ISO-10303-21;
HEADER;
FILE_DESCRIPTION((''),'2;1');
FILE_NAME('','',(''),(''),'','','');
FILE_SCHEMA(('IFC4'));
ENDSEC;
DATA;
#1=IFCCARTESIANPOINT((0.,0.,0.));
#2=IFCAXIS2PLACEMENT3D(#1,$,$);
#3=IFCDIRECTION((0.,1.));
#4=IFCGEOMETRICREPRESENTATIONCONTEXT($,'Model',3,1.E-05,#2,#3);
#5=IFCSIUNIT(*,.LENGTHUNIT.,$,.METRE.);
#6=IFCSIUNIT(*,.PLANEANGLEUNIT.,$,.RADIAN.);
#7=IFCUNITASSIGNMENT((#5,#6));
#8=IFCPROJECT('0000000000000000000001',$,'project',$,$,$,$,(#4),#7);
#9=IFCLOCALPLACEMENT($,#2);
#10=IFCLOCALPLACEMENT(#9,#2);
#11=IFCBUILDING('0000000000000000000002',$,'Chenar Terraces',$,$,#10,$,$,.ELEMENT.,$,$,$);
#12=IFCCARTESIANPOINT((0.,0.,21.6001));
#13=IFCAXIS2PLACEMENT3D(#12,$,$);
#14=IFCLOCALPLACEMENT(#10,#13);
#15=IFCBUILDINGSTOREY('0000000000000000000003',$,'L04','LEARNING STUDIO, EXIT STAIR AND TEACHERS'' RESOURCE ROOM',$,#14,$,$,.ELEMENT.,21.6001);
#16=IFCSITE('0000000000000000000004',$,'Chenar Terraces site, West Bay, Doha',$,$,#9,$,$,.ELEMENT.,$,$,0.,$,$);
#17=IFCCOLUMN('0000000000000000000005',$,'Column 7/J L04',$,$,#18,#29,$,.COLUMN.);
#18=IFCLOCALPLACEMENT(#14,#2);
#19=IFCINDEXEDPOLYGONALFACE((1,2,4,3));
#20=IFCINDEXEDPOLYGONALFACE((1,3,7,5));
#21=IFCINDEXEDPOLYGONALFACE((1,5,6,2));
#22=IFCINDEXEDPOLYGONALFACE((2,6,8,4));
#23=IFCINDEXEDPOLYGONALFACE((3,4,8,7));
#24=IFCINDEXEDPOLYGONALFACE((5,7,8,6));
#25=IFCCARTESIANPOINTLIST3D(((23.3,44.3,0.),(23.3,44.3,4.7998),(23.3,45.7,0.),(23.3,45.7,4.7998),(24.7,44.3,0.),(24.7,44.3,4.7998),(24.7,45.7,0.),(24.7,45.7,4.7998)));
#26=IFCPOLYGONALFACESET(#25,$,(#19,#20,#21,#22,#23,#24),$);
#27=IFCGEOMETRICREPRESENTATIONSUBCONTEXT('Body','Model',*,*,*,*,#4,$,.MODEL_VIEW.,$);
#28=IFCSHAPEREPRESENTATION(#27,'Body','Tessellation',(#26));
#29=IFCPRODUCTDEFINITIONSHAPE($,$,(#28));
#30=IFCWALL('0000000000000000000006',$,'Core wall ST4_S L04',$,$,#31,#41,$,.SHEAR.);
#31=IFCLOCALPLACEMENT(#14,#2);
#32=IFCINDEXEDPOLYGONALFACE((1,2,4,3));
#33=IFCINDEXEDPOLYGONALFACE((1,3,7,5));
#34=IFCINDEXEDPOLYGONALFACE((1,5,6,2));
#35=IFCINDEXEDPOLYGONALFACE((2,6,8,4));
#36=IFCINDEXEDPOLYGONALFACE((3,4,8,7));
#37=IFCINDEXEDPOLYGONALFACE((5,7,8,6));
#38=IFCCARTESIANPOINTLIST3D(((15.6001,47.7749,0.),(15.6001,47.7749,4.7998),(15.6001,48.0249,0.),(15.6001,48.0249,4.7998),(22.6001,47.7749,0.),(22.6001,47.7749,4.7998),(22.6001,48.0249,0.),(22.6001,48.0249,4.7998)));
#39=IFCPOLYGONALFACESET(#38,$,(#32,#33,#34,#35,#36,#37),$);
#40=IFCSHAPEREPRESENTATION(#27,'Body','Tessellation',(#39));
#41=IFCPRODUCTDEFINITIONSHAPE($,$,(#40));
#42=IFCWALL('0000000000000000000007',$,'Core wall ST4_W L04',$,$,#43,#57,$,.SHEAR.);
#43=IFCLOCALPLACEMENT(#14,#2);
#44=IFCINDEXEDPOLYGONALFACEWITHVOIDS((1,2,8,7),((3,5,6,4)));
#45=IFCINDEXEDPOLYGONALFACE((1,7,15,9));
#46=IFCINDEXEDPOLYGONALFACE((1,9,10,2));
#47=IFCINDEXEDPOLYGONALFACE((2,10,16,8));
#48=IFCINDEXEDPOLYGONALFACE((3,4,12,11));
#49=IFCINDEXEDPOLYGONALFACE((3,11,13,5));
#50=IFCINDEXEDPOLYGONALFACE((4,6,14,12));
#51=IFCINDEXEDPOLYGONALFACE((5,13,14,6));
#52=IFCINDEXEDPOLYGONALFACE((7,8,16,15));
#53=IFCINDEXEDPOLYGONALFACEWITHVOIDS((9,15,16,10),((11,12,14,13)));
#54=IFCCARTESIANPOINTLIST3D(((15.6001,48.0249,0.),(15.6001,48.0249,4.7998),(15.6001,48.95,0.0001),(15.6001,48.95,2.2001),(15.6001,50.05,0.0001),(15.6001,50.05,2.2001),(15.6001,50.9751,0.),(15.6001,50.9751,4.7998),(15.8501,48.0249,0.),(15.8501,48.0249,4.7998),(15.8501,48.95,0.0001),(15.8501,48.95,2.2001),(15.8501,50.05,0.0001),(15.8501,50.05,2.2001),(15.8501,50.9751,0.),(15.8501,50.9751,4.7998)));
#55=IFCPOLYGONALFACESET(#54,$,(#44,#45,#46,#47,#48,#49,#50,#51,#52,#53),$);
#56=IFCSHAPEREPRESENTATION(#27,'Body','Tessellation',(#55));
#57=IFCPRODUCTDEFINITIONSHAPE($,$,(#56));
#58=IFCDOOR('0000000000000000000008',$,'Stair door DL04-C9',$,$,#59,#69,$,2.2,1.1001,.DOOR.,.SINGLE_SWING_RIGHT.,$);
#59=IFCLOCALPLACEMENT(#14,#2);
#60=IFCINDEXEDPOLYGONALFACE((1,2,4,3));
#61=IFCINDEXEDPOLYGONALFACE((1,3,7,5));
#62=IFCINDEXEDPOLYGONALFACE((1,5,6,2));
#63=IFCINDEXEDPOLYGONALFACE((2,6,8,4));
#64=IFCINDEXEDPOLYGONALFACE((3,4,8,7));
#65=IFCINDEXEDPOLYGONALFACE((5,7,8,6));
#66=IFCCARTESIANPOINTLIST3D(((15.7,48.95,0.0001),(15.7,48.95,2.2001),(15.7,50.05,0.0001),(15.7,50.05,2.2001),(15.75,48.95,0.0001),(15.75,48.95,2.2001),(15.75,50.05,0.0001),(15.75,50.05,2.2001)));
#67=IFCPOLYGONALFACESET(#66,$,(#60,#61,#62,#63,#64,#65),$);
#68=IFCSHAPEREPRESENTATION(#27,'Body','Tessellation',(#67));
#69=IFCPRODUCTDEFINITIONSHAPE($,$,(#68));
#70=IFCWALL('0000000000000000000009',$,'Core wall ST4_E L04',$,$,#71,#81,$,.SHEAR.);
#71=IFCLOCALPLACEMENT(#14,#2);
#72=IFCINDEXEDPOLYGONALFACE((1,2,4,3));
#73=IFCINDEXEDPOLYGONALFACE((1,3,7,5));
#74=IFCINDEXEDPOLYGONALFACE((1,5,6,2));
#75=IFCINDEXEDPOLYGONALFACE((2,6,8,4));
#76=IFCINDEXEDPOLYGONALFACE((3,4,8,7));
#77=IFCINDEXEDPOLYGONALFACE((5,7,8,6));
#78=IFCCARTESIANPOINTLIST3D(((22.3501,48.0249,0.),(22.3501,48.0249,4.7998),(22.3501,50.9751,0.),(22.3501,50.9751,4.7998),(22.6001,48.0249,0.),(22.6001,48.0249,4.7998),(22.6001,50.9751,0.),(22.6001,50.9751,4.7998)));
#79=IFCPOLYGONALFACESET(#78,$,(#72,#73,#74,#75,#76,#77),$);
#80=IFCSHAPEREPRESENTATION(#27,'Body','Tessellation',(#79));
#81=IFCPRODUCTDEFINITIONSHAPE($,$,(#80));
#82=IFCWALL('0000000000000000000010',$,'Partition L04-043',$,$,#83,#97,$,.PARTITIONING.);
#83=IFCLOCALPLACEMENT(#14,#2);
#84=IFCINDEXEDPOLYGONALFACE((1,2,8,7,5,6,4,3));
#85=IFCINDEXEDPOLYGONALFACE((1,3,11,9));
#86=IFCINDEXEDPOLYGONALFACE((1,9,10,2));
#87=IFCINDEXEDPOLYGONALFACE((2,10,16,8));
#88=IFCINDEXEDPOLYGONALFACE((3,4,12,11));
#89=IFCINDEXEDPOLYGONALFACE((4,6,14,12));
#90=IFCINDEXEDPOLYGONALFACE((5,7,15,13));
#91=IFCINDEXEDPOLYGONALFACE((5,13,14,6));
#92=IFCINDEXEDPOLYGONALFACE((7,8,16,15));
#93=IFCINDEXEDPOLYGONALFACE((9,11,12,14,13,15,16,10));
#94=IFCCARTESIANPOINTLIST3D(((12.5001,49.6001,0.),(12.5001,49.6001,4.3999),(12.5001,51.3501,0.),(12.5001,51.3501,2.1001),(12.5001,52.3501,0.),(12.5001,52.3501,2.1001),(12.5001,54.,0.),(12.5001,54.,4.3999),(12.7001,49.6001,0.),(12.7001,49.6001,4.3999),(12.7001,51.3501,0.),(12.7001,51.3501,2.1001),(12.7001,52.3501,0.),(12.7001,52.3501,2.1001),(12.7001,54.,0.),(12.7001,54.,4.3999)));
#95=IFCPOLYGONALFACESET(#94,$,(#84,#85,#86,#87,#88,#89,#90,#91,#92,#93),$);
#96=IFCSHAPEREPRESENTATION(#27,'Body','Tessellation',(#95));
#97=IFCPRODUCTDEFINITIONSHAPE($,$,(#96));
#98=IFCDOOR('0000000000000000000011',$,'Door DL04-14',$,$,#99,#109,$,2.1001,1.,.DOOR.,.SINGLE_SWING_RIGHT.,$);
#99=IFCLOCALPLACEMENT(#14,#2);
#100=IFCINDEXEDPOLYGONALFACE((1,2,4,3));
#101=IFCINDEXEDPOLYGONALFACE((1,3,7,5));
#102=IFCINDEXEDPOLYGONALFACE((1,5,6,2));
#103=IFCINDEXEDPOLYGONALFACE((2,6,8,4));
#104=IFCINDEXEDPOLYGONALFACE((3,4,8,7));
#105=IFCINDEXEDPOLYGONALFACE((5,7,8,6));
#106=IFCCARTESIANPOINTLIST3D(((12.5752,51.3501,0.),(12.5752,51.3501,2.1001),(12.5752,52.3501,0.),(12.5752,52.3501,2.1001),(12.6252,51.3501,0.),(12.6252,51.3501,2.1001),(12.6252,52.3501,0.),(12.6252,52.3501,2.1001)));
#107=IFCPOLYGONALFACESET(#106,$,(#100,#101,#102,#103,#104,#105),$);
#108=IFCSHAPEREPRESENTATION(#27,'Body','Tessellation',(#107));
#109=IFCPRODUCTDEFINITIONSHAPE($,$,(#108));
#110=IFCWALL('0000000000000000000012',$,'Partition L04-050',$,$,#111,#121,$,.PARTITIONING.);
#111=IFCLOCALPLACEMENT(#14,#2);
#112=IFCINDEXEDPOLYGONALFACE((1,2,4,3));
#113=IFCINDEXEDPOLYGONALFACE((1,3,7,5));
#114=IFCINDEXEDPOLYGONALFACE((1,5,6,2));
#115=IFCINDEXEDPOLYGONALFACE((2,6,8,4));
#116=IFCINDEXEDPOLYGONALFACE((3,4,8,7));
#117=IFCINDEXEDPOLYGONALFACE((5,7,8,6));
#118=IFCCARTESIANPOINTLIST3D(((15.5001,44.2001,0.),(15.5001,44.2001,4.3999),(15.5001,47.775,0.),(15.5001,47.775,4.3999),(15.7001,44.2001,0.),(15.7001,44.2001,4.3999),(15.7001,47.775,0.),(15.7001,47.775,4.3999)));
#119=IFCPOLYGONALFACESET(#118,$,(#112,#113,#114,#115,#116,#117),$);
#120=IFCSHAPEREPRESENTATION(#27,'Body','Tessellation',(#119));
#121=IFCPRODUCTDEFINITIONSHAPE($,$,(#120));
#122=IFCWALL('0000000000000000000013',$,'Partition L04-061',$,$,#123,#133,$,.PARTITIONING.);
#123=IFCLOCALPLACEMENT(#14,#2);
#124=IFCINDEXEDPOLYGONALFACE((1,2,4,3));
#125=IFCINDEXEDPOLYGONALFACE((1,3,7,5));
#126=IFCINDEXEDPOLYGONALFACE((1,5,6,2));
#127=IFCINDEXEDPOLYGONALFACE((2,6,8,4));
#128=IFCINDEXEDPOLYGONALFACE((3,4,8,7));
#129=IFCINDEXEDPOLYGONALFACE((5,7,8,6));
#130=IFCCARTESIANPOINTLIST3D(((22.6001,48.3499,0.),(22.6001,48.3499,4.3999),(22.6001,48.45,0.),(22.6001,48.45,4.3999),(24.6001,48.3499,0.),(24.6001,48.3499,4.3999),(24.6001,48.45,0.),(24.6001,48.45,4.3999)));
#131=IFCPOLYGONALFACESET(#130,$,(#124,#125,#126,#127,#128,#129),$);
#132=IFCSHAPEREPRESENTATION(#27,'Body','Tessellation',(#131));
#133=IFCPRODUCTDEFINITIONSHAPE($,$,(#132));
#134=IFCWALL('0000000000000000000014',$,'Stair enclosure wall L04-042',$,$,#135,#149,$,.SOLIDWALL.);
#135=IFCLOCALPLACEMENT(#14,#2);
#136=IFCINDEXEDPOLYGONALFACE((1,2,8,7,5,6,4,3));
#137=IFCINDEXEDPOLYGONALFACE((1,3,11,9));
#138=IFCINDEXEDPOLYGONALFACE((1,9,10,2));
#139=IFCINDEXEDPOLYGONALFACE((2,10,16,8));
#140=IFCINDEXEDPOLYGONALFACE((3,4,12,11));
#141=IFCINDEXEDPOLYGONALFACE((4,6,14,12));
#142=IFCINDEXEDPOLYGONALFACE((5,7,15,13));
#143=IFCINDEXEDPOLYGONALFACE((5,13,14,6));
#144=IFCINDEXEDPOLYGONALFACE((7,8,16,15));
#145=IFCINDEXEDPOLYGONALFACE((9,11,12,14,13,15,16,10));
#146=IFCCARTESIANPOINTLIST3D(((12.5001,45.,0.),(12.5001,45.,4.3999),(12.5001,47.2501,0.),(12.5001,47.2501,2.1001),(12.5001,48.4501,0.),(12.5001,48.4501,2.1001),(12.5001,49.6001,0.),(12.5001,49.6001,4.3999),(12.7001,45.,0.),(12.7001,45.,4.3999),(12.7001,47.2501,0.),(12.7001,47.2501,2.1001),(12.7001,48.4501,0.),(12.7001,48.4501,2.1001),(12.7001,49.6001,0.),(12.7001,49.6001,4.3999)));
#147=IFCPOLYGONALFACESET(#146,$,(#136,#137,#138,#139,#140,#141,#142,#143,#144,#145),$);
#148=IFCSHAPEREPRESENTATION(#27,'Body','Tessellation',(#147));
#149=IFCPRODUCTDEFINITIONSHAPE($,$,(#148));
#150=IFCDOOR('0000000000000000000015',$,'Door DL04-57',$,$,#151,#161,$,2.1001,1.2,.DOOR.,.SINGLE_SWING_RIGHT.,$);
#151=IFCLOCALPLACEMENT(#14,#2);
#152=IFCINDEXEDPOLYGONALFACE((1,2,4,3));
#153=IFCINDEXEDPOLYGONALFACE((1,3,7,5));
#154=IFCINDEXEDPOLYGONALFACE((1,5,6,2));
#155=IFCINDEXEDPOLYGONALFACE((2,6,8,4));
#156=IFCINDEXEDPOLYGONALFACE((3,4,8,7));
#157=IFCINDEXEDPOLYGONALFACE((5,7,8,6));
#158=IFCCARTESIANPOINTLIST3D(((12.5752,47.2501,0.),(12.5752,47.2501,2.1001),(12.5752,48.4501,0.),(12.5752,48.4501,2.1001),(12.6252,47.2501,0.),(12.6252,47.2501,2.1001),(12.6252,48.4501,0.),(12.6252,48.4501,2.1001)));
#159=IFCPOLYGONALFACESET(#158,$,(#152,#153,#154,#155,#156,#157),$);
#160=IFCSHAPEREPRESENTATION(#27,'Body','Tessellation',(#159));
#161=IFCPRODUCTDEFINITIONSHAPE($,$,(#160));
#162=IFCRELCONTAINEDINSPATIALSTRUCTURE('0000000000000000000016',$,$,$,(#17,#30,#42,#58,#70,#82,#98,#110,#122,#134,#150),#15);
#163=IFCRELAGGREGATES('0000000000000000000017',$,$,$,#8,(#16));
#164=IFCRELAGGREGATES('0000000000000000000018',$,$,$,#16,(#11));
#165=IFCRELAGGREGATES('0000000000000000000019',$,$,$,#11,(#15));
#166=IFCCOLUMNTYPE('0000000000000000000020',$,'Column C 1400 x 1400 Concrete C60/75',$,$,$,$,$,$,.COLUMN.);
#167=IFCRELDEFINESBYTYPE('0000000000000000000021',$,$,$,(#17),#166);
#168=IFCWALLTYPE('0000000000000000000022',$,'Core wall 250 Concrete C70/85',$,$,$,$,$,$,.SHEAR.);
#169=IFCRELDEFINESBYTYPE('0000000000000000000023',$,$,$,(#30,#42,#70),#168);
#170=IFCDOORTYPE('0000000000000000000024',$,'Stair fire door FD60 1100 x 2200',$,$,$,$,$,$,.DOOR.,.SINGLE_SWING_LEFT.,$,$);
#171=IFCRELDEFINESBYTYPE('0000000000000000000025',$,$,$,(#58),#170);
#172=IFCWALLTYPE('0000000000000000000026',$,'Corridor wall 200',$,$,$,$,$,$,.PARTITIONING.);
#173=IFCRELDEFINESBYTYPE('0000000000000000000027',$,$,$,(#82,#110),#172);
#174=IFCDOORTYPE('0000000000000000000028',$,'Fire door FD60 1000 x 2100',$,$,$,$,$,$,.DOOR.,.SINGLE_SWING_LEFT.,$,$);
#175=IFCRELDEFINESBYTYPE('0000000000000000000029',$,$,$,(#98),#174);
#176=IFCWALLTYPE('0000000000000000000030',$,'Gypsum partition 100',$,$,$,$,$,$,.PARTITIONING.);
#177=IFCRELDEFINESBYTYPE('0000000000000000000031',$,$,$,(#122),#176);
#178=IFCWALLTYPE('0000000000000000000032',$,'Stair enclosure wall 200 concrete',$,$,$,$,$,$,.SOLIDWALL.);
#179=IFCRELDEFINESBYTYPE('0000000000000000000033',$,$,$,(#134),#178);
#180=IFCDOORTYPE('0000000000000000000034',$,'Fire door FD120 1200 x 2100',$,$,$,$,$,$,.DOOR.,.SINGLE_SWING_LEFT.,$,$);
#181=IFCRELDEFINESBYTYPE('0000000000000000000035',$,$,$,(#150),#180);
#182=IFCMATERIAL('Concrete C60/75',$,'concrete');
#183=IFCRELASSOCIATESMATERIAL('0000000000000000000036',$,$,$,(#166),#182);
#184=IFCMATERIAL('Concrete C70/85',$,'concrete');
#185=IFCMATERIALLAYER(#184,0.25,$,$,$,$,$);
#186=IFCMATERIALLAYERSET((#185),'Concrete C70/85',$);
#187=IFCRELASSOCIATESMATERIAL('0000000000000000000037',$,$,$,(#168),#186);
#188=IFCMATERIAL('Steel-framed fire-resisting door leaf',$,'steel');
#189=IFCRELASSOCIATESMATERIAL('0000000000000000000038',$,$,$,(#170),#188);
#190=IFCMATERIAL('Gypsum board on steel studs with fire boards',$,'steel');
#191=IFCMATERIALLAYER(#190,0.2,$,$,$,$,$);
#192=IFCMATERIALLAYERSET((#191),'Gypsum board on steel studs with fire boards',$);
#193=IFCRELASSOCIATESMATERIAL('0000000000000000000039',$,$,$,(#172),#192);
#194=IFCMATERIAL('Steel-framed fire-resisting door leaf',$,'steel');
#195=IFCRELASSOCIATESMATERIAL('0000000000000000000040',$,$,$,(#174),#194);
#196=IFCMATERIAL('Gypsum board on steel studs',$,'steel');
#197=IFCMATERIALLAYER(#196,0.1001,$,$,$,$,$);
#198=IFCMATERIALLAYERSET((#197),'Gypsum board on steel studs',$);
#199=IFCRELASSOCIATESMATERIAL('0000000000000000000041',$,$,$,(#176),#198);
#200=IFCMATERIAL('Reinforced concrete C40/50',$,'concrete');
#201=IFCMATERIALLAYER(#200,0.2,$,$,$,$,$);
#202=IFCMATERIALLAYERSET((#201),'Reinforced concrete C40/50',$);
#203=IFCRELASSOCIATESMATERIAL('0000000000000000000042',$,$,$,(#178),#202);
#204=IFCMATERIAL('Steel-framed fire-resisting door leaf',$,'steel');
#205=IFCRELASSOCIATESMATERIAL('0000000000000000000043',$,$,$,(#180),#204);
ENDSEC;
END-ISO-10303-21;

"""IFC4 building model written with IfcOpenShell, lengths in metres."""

from ifc_helpers import new_model, si_unit, direction, frame, frame_2d, origin, origin_2d, place, context, subcontext, project, spatial, rectangle, extrude, material, layer, layer_set, material_profile, profile_set, type_object, element, fill, save


model = new_model("IFC4")

# Units and contexts
model_context = context("Model", 3, precision=1e-05, world=origin(), true_north=direction((0.0, 1.0)))
body_context = subcontext(model_context, "Body", "Model", "MODEL_VIEW")
ifc_project = project(units=[si_unit("LENGTHUNIT", "METRE"), si_unit("PLANEANGLEUNIT", "RADIAN")], contexts=[model_context])

# Site, building, storey
site_placement = place(None, origin())
site = spatial("IfcSite", under=ifc_project, at=site_placement, Name="Chenar Terraces site, West Bay, Doha", CompositionType="ELEMENT", RefElevation=0.0)
building_placement = place(site_placement, origin())
building = spatial("IfcBuilding", under=site, at=building_placement, Name="Chenar Terraces", CompositionType="ELEMENT")
storey_placement = place(building_placement, frame((0.0, 0.0, 21.6001)))
storey = spatial("IfcBuildingStorey", under=building, at=storey_placement, Name="L04", Description="LEARNING STUDIO, EXIT STAIR AND TEACHERS' RESOURCE ROOM", CompositionType="ELEMENT", Elevation=21.6001)

# Column
ifc_material_1 = material(Name="Concrete C60/75", Category="concrete")
ifc_material_profile = material_profile(ifc_material_1, rectangle(XDim=1.3999, YDim=1.3999, at=origin_2d()), Name="C 1400 x 1400")
ifc_profile_set = profile_set([ifc_material_profile], Name="Concrete C60/75")
column_type = type_object("IfcColumnType", Name="Column C 1400 x 1400 Concrete C60/75", PredefinedType="COLUMN", material=ifc_profile_set)
column_placement = place(storey_placement, frame((24.0, 45.0, 0.0), z_axis=(0.0, 0.0, 1.0), x_axis=(1.0, 0.0, 0.0)))
element("IfcColumn", 1, at=column_placement, inside=storey, type_object=column_type, Name="Column 7/J L04", PredefinedType="COLUMN", context=body_context, shape_type="SweptSolid", body=[
    extrude(rectangle(XDim=1.3999, YDim=1.3999, at=origin_2d()), origin(), (0.0, 0.0, 1.0), 4.7998),
])

# Wall
ifc_material_2 = material(Name="Concrete C70/85", Category="concrete")
ifc_layer_1 = layer(ifc_material_2, 0.25)
ifc_layer_set_1 = layer_set([ifc_layer_1], Name="Concrete C70/85")
wall_type_1 = type_object("IfcWallType", Name="Core wall 250 Concrete C70/85", PredefinedType="SHEAR", material=ifc_layer_set_1)
wall_1_placement = place(storey_placement, frame((15.6001, 47.8999, 0.0), z_axis=(0.0, 0.0, 1.0), x_axis=(1.0, 0.0, 0.0)))
element("IfcWall", 2, at=wall_1_placement, inside=storey, type_object=wall_type_1, Name="Core wall ST4_S L04", PredefinedType="SHEAR", context=body_context, shape_type="SweptSolid", body=[
    extrude(rectangle(XDim=7.0, YDim=0.25, at=frame_2d((3.5, 0.0))), origin(), (0.0, 0.0, 1.0), 4.7998),
])

# Wall, opening, door
wall_2_placement = place(storey_placement, frame((15.7251, 48.0249, 0.0), z_axis=(0.0, 0.0, 1.0), x_axis=(0.0, 1.0, 0.0)))
wall_2 = element("IfcWall", 3, at=wall_2_placement, inside=storey, type_object=wall_type_1, Name="Core wall ST4_W L04", PredefinedType="SHEAR", context=body_context, shape_type="SweptSolid", body=[
    extrude(rectangle(XDim=2.9502, YDim=0.25, at=frame_2d((1.4751, 0.0))), origin(), (0.0, 0.0, 1.0), 4.7998),
])
opening_1_placement = place(wall_2_placement, frame((0.925, 0.0, 0.0)))
opening_1 = element("IfcOpeningElement", 4, at=opening_1_placement, cuts=wall_2, PredefinedType="OPENING", context=body_context, shape_type="SweptSolid", body=[
    extrude(rectangle(XDim=1.1001, YDim=2.2, at=frame_2d((0.55, 1.1001))), frame((0.0, 0.135, 0.0), z_axis=(0.0, -1.0, 0.0), x_axis=(1.0, 0.0, 0.0)), (0.0, 0.0, 1.0), 0.27),
])
ifc_material_3 = material(Name="Steel-framed fire-resisting door leaf", Category="steel")
door_type_1 = type_object("IfcDoorType", Name="Stair fire door FD60 1100 x 2200", OperationType="SINGLE_SWING_LEFT", PredefinedType="DOOR", material=ifc_material_3)
door_1_placement = place(opening_1_placement, frame((1.1001, 0.0, 0.0), z_axis=(0.0, 0.0, 1.0), x_axis=(-1.0, 0.0, 0.0)))
door_1 = element("IfcDoor", 5, at=door_1_placement, inside=storey, type_object=door_type_1, Name="Stair door DL04-C9", OperationType="SINGLE_SWING_RIGHT", OverallHeight=2.2, OverallWidth=1.1001, PredefinedType="DOOR", context=body_context, shape_type="SweptSolid", body=[
    extrude(rectangle(XDim=1.1001, YDim=2.2, at=frame_2d((0.55, 1.1001))), frame((0.0, 0.0249, 0.0), z_axis=(0.0, -1.0, 0.0), x_axis=(1.0, 0.0, 0.0)), (0.0, 0.0, 1.0), 0.05),
])
fill(opening_1, door_1)

# Wall
wall_3_placement = place(storey_placement, frame((22.4751, 48.0249, 0.0), z_axis=(0.0, 0.0, 1.0), x_axis=(0.0, 1.0, 0.0)))
element("IfcWall", 6, at=wall_3_placement, inside=storey, type_object=wall_type_1, Name="Core wall ST4_E L04", PredefinedType="SHEAR", context=body_context, shape_type="SweptSolid", body=[
    extrude(rectangle(XDim=2.9502, YDim=0.25, at=frame_2d((1.4751, 0.0))), origin(), (0.0, 0.0, 1.0), 4.7998),
])

# Wall, opening, door
ifc_material_4 = material(Name="Gypsum board on steel studs with fire boards", Category="steel")
ifc_layer_2 = layer(ifc_material_4, 0.2)
ifc_layer_set_2 = layer_set([ifc_layer_2], Name="Gypsum board on steel studs with fire boards")
wall_type_2 = type_object("IfcWallType", Name="Corridor wall 200", PredefinedType="PARTITIONING", material=ifc_layer_set_2)
wall_4_placement = place(storey_placement, frame((12.6001, 49.6001, 0.0), z_axis=(0.0, 0.0, 1.0), x_axis=(0.0, 1.0, 0.0)))
wall_4 = element("IfcWall", 7, at=wall_4_placement, inside=storey, type_object=wall_type_2, Name="Partition L04-043", PredefinedType="PARTITIONING", context=body_context, shape_type="SweptSolid", body=[
    extrude(rectangle(XDim=4.3999, YDim=0.2, at=frame_2d((2.2, 0.0))), origin(), (0.0, 0.0, 1.0), 4.3999),
])
opening_2_placement = place(wall_4_placement, frame((1.75, 0.0, 0.0)))
opening_2 = element("IfcOpeningElement", 8, at=opening_2_placement, cuts=wall_4, PredefinedType="OPENING", context=body_context, shape_type="SweptSolid", body=[
    extrude(rectangle(XDim=1.0, YDim=2.1001, at=frame_2d((0.5, 1.05))), frame((0.0, 0.1099, 0.0), z_axis=(0.0, -1.0, 0.0), x_axis=(1.0, 0.0, 0.0)), (0.0, 0.0, 1.0), 0.22),
])
ifc_material_5 = material(Name="Steel-framed fire-resisting door leaf", Category="steel")
door_type_2 = type_object("IfcDoorType", Name="Fire door FD60 1000 x 2100", OperationType="SINGLE_SWING_LEFT", PredefinedType="DOOR", material=ifc_material_5)
door_2_placement = place(opening_2_placement, origin())
door_2 = element("IfcDoor", 9, at=door_2_placement, inside=storey, type_object=door_type_2, Name="Door DL04-14", OperationType="SINGLE_SWING_RIGHT", OverallHeight=2.1001, OverallWidth=1.0, PredefinedType="DOOR", context=body_context, shape_type="SweptSolid", body=[
    extrude(rectangle(XDim=1.0, YDim=2.1001, at=frame_2d((0.5, 1.05))), frame((0.0, 0.0249, 0.0), z_axis=(0.0, -1.0, 0.0), x_axis=(1.0, 0.0, 0.0)), (0.0, 0.0, 1.0), 0.05),
])
fill(opening_2, door_2)

# Walls
wall_5_placement = place(storey_placement, frame((15.6001, 44.2, 0.0), z_axis=(0.0, 0.0, 1.0), x_axis=(0.0, 1.0, 0.0)))
element("IfcWall", 10, at=wall_5_placement, inside=storey, type_object=wall_type_2, Name="Partition L04-050", PredefinedType="PARTITIONING", context=body_context, shape_type="SweptSolid", body=[
    extrude(rectangle(XDim=3.575, YDim=0.2, at=frame_2d((1.7876, 0.0))), origin(), (0.0, 0.0, 1.0), 4.3999),
])
ifc_material_6 = material(Name="Gypsum board on steel studs", Category="steel")
ifc_layer_3 = layer(ifc_material_6, 0.1001)
ifc_layer_set_3 = layer_set([ifc_layer_3], Name="Gypsum board on steel studs")
wall_type_3 = type_object("IfcWallType", Name="Gypsum partition 100", PredefinedType="PARTITIONING", material=ifc_layer_set_3)
wall_6_placement = place(storey_placement, frame((22.6001, 48.3999, 0.0), z_axis=(0.0, 0.0, 1.0), x_axis=(1.0, 0.0, 0.0)))
element("IfcWall", 11, at=wall_6_placement, inside=storey, type_object=wall_type_3, Name="Partition L04-061", PredefinedType="PARTITIONING", context=body_context, shape_type="SweptSolid", body=[
    extrude(rectangle(XDim=2.0, YDim=0.1001, at=frame_2d((1.0, 0.0))), origin(), (0.0, 0.0, 1.0), 4.3999),
])

# Wall, opening, door
ifc_material_7 = material(Name="Reinforced concrete C40/50", Category="concrete")
ifc_layer_4 = layer(ifc_material_7, 0.2)
ifc_layer_set_4 = layer_set([ifc_layer_4], Name="Reinforced concrete C40/50")
wall_type_4 = type_object("IfcWallType", Name="Stair enclosure wall 200 concrete", PredefinedType="SOLIDWALL", material=ifc_layer_set_4)
wall_7_placement = place(storey_placement, frame((12.6001, 45.0, 0.0), z_axis=(0.0, 0.0, 1.0), x_axis=(0.0, 1.0, 0.0)))
wall_7 = element("IfcWall", 12, at=wall_7_placement, inside=storey, type_object=wall_type_4, Name="Stair enclosure wall L04-042", PredefinedType="SOLIDWALL", context=body_context, shape_type="SweptSolid", body=[
    extrude(rectangle(XDim=4.6001, YDim=0.2, at=frame_2d((2.3, 0.0))), origin(), (0.0, 0.0, 1.0), 4.3999),
])
opening_3_placement = place(wall_7_placement, frame((2.25, 0.0, 0.0)))
opening_3 = element("IfcOpeningElement", 13, at=opening_3_placement, cuts=wall_7, PredefinedType="OPENING", context=body_context, shape_type="SweptSolid", body=[
    extrude(rectangle(XDim=1.2, YDim=2.1001, at=frame_2d((0.6001, 1.05))), frame((0.0, 0.1099, 0.0), z_axis=(0.0, -1.0, 0.0), x_axis=(1.0, 0.0, 0.0)), (0.0, 0.0, 1.0), 0.22),
])
ifc_material_8 = material(Name="Steel-framed fire-resisting door leaf", Category="steel")
door_type_3 = type_object("IfcDoorType", Name="Fire door FD120 1200 x 2100", OperationType="SINGLE_SWING_LEFT", PredefinedType="DOOR", material=ifc_material_8)
door_3_placement = place(opening_3_placement, origin())
door_3 = element("IfcDoor", 14, at=door_3_placement, inside=storey, type_object=door_type_3, Name="Door DL04-57", OperationType="SINGLE_SWING_RIGHT", OverallHeight=2.1001, OverallWidth=1.2, PredefinedType="DOOR", context=body_context, shape_type="SweptSolid", body=[
    extrude(rectangle(XDim=1.2, YDim=2.1001, at=frame_2d((0.6001, 1.05))), frame((0.0, 0.0249, 0.0), z_axis=(0.0, -1.0, 0.0), x_axis=(1.0, 0.0, 0.0)), (0.0, 0.0, 1.0), 0.05),
])
fill(opening_3, door_3)

save(model, "model.ifc")
